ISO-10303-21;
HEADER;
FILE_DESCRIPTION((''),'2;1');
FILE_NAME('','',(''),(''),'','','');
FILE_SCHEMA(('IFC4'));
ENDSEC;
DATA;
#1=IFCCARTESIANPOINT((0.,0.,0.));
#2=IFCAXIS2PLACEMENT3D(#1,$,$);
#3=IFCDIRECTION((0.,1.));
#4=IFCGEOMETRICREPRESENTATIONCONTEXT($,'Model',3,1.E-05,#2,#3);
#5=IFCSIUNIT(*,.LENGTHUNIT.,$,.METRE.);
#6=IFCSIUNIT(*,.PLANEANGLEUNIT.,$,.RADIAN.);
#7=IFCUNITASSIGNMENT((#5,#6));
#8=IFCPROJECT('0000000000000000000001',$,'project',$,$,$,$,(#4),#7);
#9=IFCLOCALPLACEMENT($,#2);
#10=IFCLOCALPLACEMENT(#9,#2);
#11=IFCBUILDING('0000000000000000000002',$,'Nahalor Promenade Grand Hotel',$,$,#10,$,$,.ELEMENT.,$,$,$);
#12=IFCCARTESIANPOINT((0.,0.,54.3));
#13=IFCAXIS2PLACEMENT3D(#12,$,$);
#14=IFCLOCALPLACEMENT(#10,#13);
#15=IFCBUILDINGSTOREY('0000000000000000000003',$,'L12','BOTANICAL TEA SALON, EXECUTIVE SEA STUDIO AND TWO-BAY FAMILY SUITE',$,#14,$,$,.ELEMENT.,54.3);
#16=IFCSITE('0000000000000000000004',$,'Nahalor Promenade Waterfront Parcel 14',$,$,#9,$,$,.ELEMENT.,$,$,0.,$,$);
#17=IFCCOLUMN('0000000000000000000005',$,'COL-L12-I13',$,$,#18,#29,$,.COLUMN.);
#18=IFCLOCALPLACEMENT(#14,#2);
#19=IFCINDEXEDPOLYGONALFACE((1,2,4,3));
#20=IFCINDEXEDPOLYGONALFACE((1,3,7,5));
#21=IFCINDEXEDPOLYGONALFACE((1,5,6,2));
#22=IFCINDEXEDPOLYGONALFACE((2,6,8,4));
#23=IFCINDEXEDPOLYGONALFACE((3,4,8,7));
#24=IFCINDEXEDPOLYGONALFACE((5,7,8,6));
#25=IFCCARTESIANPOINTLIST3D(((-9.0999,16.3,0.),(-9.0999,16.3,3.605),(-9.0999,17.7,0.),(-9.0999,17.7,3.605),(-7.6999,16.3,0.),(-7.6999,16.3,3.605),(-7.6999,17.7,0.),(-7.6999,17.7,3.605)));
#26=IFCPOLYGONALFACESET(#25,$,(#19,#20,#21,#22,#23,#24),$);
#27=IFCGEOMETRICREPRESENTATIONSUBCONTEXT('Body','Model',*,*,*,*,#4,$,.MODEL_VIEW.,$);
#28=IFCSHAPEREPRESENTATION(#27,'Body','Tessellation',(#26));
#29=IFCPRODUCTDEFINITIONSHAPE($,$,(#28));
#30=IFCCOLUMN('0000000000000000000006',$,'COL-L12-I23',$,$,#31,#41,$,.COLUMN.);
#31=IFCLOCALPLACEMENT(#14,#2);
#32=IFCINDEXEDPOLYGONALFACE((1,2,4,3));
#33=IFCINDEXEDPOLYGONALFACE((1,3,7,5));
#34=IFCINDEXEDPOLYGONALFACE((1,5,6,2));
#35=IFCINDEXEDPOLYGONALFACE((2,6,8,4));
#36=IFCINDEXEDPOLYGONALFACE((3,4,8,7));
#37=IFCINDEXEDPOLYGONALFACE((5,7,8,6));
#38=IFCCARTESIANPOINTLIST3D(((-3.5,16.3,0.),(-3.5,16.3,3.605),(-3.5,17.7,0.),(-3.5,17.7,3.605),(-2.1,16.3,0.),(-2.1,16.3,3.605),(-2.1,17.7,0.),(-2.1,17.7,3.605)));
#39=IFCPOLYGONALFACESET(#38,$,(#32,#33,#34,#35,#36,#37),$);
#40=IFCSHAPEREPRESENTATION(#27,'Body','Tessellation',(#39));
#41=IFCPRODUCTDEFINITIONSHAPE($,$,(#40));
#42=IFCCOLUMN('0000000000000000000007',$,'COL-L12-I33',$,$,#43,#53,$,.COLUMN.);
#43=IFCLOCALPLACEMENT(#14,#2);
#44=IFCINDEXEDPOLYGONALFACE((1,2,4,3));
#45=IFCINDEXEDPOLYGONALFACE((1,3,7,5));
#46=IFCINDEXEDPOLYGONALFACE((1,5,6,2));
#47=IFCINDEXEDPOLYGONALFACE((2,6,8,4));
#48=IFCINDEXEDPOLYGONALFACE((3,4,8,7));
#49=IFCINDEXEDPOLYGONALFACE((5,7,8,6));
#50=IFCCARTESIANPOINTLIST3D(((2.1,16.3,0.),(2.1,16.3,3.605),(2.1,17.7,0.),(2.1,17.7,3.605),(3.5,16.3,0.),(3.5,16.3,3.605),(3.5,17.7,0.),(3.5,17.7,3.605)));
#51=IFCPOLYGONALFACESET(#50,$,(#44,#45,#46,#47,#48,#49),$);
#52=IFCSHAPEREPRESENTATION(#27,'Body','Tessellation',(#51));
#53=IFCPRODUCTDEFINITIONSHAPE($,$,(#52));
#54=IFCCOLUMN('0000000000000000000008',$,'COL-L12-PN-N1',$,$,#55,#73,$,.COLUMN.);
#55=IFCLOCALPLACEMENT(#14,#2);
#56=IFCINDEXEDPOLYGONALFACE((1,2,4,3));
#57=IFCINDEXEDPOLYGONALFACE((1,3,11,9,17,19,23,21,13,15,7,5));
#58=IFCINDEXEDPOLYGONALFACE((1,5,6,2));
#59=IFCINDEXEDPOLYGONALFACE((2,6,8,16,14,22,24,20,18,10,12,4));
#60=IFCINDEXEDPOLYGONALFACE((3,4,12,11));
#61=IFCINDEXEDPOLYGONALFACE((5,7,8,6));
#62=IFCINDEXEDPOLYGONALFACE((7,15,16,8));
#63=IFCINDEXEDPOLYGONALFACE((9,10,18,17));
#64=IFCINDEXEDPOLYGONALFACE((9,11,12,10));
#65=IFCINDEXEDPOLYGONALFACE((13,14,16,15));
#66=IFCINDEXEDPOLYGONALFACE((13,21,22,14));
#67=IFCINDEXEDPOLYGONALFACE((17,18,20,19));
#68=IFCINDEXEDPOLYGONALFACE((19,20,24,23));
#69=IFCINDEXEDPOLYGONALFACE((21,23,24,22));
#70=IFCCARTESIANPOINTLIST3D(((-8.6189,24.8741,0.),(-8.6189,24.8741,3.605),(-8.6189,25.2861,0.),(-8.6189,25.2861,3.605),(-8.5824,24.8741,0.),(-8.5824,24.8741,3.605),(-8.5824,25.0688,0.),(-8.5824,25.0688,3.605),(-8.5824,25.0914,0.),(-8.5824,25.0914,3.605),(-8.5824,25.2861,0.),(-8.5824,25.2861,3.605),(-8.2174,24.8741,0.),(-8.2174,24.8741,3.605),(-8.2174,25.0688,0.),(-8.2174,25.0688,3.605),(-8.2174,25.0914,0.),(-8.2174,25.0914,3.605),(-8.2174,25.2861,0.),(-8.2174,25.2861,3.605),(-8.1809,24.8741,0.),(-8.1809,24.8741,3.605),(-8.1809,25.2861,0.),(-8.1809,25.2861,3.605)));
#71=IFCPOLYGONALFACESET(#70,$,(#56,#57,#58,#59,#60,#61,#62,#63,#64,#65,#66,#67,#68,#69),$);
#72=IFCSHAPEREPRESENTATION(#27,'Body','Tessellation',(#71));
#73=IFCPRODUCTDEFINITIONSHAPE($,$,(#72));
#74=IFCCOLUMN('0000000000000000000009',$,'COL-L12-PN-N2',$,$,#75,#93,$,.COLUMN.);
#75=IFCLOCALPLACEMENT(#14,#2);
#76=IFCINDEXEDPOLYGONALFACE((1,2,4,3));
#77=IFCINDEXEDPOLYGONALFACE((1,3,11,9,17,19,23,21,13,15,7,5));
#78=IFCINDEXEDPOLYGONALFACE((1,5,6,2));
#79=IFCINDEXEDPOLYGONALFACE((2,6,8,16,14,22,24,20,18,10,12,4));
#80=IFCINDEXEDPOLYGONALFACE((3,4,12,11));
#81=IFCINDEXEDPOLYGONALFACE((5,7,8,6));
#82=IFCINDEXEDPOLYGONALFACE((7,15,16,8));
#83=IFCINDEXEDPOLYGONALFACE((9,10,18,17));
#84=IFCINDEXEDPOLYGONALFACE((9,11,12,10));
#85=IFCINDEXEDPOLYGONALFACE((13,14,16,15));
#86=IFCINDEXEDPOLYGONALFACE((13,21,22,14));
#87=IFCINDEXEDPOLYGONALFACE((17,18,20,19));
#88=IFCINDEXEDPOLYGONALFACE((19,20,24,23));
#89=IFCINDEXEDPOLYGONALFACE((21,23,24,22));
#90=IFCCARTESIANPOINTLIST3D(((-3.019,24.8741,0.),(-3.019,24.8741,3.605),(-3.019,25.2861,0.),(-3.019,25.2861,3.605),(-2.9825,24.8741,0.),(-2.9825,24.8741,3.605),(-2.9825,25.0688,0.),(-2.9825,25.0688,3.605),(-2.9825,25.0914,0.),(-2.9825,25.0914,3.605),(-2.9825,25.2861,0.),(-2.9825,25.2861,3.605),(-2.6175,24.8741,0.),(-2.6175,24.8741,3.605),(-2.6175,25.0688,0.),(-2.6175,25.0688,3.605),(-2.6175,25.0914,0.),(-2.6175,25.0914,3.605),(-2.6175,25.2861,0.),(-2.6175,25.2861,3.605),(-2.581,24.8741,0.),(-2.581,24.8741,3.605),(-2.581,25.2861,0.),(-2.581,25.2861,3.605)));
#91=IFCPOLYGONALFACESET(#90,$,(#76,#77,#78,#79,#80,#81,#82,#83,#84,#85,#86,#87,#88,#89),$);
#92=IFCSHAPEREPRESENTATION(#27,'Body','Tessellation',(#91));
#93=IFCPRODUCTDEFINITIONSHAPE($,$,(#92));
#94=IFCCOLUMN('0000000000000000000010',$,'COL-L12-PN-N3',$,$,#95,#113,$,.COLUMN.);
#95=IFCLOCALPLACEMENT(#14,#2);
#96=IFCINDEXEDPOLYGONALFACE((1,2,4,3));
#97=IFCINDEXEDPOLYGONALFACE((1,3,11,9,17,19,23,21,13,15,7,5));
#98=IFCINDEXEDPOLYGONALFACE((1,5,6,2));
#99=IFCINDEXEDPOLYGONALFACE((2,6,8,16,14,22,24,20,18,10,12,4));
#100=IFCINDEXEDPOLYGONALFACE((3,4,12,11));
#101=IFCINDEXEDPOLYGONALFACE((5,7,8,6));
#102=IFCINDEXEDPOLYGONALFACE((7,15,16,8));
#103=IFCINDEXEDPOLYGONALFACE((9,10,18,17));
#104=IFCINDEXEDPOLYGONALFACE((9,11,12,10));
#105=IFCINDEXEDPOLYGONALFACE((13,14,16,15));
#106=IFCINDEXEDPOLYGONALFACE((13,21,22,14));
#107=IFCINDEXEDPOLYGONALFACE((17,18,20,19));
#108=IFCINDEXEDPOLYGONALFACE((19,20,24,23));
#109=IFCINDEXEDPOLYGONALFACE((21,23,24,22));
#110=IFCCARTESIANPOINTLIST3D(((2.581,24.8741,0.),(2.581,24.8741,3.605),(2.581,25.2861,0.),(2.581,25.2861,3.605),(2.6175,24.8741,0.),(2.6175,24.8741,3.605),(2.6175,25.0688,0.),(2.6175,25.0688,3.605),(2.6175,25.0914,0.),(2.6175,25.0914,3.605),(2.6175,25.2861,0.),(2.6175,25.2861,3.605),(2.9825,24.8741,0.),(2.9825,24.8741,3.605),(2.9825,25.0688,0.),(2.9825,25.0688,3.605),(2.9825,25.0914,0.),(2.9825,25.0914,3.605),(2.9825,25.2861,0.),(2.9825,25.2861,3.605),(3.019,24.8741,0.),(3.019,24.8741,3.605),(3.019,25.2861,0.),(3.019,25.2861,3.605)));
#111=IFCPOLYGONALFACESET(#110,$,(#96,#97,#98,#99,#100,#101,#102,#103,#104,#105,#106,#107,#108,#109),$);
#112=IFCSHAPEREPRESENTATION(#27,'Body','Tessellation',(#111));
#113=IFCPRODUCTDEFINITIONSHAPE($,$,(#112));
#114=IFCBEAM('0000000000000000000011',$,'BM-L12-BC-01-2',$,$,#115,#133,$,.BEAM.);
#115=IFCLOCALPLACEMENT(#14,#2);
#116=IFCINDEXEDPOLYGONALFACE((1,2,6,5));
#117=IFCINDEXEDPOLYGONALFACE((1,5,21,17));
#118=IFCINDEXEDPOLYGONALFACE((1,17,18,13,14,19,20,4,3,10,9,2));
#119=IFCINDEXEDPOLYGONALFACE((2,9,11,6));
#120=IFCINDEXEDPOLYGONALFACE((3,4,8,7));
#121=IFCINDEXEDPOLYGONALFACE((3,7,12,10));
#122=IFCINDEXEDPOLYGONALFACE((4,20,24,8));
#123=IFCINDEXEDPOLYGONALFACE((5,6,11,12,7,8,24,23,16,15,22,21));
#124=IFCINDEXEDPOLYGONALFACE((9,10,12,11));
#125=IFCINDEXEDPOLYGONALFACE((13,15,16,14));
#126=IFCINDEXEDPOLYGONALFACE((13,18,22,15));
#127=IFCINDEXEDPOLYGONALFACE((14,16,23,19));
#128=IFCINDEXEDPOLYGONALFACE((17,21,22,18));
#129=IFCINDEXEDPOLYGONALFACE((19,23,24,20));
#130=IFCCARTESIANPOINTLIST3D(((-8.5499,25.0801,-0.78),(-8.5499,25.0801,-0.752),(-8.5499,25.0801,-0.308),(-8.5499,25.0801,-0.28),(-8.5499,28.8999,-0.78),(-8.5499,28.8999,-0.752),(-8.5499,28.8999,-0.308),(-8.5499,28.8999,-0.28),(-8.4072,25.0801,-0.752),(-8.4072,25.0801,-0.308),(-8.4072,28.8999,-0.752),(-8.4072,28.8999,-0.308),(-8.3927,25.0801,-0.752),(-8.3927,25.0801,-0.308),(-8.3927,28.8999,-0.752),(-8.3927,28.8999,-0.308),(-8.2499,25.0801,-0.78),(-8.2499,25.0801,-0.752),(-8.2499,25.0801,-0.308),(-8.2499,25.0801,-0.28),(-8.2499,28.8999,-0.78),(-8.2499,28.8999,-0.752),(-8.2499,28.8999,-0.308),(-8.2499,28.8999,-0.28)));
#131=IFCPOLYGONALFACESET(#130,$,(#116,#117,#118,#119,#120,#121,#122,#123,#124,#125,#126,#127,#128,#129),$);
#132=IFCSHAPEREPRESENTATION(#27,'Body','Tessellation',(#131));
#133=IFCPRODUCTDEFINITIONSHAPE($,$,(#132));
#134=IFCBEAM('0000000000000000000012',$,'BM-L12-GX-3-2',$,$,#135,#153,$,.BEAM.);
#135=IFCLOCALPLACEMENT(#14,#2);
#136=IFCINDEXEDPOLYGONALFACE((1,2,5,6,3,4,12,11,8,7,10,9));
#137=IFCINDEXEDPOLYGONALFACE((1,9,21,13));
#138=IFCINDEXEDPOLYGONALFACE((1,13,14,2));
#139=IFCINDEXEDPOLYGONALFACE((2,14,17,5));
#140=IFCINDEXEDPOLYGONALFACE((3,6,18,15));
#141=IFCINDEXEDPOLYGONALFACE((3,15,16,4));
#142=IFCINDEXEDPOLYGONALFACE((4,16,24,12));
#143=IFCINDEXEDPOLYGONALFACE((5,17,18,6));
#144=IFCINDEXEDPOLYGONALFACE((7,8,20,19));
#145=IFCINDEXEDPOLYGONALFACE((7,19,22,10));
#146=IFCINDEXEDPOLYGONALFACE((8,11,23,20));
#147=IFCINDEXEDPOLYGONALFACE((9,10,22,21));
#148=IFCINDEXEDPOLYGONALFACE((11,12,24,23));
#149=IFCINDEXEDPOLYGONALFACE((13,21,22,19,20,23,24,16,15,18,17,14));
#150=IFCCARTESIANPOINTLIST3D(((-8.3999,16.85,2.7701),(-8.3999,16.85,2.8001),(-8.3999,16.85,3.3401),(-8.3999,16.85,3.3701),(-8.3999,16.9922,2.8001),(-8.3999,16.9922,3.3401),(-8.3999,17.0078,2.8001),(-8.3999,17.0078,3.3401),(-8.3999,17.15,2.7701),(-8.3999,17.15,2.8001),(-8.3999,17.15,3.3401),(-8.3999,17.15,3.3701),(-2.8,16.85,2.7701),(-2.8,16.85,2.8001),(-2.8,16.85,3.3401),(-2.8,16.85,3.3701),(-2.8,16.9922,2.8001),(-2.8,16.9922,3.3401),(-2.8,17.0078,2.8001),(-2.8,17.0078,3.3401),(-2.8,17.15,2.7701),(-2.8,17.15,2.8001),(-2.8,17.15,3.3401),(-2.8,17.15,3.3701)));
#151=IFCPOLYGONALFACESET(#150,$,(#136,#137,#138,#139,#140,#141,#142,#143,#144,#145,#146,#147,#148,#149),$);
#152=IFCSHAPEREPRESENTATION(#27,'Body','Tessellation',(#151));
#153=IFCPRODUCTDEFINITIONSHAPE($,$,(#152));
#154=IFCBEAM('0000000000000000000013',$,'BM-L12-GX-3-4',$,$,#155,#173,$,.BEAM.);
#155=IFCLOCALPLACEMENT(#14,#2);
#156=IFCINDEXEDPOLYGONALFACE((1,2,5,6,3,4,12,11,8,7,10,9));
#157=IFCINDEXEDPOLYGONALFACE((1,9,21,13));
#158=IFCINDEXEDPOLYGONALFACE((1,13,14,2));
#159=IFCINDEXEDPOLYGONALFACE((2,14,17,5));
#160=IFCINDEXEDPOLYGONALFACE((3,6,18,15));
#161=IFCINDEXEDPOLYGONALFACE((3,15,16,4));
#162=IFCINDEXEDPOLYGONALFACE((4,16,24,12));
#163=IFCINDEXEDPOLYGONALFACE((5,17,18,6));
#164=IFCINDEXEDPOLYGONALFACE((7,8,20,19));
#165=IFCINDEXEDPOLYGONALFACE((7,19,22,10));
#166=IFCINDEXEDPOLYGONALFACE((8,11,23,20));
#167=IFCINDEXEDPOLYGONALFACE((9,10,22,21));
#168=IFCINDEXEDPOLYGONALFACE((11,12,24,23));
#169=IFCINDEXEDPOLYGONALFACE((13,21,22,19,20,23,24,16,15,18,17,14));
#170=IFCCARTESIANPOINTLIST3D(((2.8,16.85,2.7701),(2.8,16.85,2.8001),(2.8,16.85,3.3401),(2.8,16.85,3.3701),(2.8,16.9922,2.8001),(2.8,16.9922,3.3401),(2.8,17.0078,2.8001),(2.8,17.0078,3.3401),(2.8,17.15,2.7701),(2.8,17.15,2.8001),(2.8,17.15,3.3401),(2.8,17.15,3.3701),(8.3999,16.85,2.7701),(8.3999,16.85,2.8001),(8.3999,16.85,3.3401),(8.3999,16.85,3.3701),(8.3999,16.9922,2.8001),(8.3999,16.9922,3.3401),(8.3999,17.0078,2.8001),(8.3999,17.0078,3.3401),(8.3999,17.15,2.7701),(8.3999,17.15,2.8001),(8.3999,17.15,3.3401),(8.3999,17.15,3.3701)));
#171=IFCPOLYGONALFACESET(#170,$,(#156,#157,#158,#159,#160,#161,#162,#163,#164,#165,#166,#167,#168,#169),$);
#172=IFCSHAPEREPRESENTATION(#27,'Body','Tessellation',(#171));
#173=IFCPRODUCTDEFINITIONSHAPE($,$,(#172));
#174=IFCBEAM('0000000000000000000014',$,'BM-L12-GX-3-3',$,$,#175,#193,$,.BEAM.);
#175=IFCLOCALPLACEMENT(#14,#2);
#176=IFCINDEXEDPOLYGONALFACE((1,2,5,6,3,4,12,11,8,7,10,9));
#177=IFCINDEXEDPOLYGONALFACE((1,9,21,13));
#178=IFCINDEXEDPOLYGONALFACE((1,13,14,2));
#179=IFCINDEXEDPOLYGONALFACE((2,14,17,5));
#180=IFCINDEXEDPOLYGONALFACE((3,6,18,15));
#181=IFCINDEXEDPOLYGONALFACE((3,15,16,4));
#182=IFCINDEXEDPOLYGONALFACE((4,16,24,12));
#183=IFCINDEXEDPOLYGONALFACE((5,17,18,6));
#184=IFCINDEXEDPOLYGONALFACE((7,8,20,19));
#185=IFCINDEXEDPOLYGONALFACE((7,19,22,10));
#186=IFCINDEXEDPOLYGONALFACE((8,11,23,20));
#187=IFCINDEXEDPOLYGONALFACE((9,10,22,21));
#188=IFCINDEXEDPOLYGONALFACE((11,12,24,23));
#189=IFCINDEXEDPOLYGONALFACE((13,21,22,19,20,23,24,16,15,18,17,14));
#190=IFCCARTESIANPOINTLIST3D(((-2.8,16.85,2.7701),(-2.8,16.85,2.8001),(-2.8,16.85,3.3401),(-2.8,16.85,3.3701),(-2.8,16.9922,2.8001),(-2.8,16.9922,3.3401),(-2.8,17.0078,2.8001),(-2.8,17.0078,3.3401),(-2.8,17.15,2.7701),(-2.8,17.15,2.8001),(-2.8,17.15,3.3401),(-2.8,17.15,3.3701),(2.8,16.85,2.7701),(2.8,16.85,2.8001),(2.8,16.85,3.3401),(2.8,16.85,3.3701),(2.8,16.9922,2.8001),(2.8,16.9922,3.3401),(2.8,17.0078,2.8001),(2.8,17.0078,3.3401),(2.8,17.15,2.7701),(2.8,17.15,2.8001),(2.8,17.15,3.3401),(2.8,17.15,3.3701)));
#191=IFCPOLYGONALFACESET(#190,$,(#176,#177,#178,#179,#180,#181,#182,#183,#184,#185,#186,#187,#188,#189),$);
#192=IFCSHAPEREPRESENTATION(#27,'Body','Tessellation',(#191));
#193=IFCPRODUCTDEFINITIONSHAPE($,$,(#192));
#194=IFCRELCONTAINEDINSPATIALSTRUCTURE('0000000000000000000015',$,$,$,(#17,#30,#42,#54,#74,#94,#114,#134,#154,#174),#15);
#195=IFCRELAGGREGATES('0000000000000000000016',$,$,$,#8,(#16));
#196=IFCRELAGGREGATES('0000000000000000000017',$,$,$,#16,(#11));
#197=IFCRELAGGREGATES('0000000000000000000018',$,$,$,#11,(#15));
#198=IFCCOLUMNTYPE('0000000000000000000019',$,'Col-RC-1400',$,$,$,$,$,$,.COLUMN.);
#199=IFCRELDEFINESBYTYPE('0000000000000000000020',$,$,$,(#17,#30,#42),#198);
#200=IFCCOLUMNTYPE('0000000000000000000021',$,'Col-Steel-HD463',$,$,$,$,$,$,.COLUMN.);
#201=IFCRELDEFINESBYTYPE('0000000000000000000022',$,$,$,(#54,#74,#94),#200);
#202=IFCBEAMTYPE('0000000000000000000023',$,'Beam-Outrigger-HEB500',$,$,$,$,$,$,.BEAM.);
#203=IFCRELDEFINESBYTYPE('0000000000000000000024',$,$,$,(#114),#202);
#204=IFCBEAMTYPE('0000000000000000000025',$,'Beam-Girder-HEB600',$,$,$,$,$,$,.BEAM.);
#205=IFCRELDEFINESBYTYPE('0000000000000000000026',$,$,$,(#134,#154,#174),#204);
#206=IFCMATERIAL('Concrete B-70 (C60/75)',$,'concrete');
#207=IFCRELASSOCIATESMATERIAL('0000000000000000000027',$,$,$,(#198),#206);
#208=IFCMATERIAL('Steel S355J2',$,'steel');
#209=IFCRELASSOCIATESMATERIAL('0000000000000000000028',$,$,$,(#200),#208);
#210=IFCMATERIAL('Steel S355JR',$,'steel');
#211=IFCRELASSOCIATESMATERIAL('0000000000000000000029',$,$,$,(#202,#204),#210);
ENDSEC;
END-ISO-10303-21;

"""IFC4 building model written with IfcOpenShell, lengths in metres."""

from ifc_helpers import new_model, si_unit, direction, frame, origin, origin_2d, place, context, subcontext, project, spatial, rectangle, i_section, extrude, source, transform, mapped, material, material_profile, profile_set, type_object, element, save


model = new_model("IFC4")

# Units and contexts
model_context = context("Model", 3, precision=1e-05, world=origin(), true_north=direction((0.0, 1.0)))
body_context = subcontext(model_context, "Body", "Model", "MODEL_VIEW")
ifc_project = project(units=[si_unit("LENGTHUNIT", "METRE"), si_unit("PLANEANGLEUNIT", "RADIAN")], contexts=[model_context])

# Site, building, storey
site_placement = place(None, origin())
site = spatial("IfcSite", under=ifc_project, at=site_placement, Name="Nahalor Promenade Waterfront Parcel 14", CompositionType="ELEMENT", RefElevation=0.0)
building_placement = place(site_placement, origin())
building = spatial("IfcBuilding", under=site, at=building_placement, Name="Nahalor Promenade Grand Hotel", CompositionType="ELEMENT")
storey_placement = place(building_placement, frame((0.0, 0.0, 54.3)))
storey = spatial("IfcBuildingStorey", under=building, at=storey_placement, Name="L12", Description="BOTANICAL TEA SALON, EXECUTIVE SEA STUDIO AND TWO-BAY FAMILY SUITE", CompositionType="ELEMENT", Elevation=54.3)

# Columns
ifc_material_1 = material(Name="Concrete B-70 (C60/75)", Category="concrete")
ifc_material_profile_1 = material_profile(ifc_material_1, rectangle(XDim=1.4, YDim=1.4, at=origin_2d()), Name="RC 1400x1400")
ifc_profile_set_1 = profile_set([ifc_material_profile_1], Name="Concrete B-70 (C60/75)")
column_type_1 = type_object("IfcColumnType", Name="Col-RC-1400", PredefinedType="COLUMN", material=ifc_profile_set_1)
shared_shape_1 = source(origin(), body_context, "Body", "SweptSolid", [
    extrude(rectangle(XDim=1.4, YDim=1.4, at=origin_2d()), origin(), (0.0, 0.0, 1.0), 3.605),
])
for number, where, z_axis, x_axis, name in (
    (1, (-8.3999, 17.0, 0.0), (0.0, 0.0, 1.0), (1.0, 0.0, 0.0), "COL-L12-I13"),
    (2, (-2.8, 17.0, 0.0), (0.0, 0.0, 1.0), (1.0, 0.0, 0.0), "COL-L12-I23"),
    (3, (2.8, 17.0, 0.0), (0.0, 0.0, 1.0), (1.0, 0.0, 0.0), "COL-L12-I33"),
):
    element("IfcColumn", number, at=place(storey_placement, frame(where, z_axis=z_axis, x_axis=x_axis)), inside=storey, type_object=column_type_1, Name=name, PredefinedType="COLUMN", context=body_context, shape_type="MappedRepresentation", body=[
        mapped(shared_shape_1, transform((0.0, 0.0, 0.0), scale=1.0)),
    ])
ifc_material_2 = material(Name="Steel S355J2", Category="steel")
ifc_material_profile_2 = material_profile(ifc_material_2, i_section(OverallWidth=0.412, OverallDepth=0.438, WebThickness=0.0226, FlangeThickness=0.0365, at=origin_2d()), Name="HD 400x463")
ifc_profile_set_2 = profile_set([ifc_material_profile_2], Name="Steel S355J2")
column_type_2 = type_object("IfcColumnType", Name="Col-Steel-HD463", PredefinedType="COLUMN", material=ifc_profile_set_2)
shared_shape_2 = source(origin(), body_context, "Body", "SweptSolid", [
    extrude(i_section(OverallWidth=0.412, OverallDepth=0.438, WebThickness=0.0226, FlangeThickness=0.0365, at=origin_2d()), origin(), (0.0, 0.0, 1.0), 3.605),
])
for number, where, z_axis, x_axis, name in (
    (4, (-8.3999, 25.0801, 0.0), (0.0, 0.0, 1.0), (0.0, 1.0, 0.0), "COL-L12-PN-N1"),
    (5, (-2.8, 25.0801, 0.0), (0.0, 0.0, 1.0), (0.0, 1.0, 0.0), "COL-L12-PN-N2"),
    (6, (2.8, 25.0801, 0.0), (0.0, 0.0, 1.0), (0.0, 1.0, 0.0), "COL-L12-PN-N3"),
):
    element("IfcColumn", number, at=place(storey_placement, frame(where, z_axis=z_axis, x_axis=x_axis)), inside=storey, type_object=column_type_2, Name=name, PredefinedType="COLUMN", context=body_context, shape_type="MappedRepresentation", body=[
        mapped(shared_shape_2, transform((0.0, 0.0, 0.0), scale=1.0)),
    ])

# Beams
ifc_material_3 = material(Name="Steel S355JR", Category="steel")
ifc_material_profile_3 = material_profile(ifc_material_3, i_section(OverallWidth=0.3, OverallDepth=0.5, WebThickness=0.0145, FlangeThickness=0.028, at=origin_2d()), Name="HEB 500")
ifc_profile_set_3 = profile_set([ifc_material_profile_3], Name="Steel S355JR")
beam_type_1 = type_object("IfcBeamType", Name="Beam-Outrigger-HEB500", PredefinedType="BEAM", material=ifc_profile_set_3)
shared_shape_3 = source(origin(), body_context, "Body", "SweptSolid", [
    extrude(i_section(OverallWidth=0.3, OverallDepth=0.5, WebThickness=0.0145, FlangeThickness=0.028, at=origin_2d()), origin(), (0.0, 0.0, 1.0), 3.8198),
])
beam_1_placement = place(storey_placement, frame((-8.3999, 25.0801, -0.53), z_axis=(0.0, 1.0, 0.0), x_axis=(-1.0, 0.0, 0.0)))
element("IfcBeam", 7, at=beam_1_placement, inside=storey, type_object=beam_type_1, Name="BM-L12-BC-01-2", PredefinedType="BEAM", context=body_context, shape_type="MappedRepresentation", body=[
    mapped(shared_shape_3, transform((0.0, 0.0, 0.0), scale=1.0)),
])
ifc_material_profile_4 = material_profile(ifc_material_3, i_section(OverallWidth=0.3, OverallDepth=0.6, WebThickness=0.0155, FlangeThickness=0.03, at=origin_2d()), Name="HEB 600")
ifc_profile_set_4 = profile_set([ifc_material_profile_4], Name="Steel S355JR")
beam_type_2 = type_object("IfcBeamType", Name="Beam-Girder-HEB600", PredefinedType="BEAM", material=ifc_profile_set_4)
shared_shape_4 = source(origin(), body_context, "Body", "SweptSolid", [
    extrude(i_section(OverallWidth=0.3, OverallDepth=0.6, WebThickness=0.0155, FlangeThickness=0.03, at=origin_2d()), origin(), (0.0, 0.0, 1.0), 5.5999),
])
for number, where, z_axis, x_axis, name in (
    (8, (-8.3999, 17.0, 3.0701), (1.0, 0.0, 0.0), (0.0, 1.0, 0.0), "BM-L12-GX-3-2"),
    (9, (2.8, 17.0, 3.0701), (1.0, 0.0, 0.0), (0.0, 1.0, 0.0), "BM-L12-GX-3-4"),
):
    element("IfcBeam", number, at=place(storey_placement, frame(where, z_axis=z_axis, x_axis=x_axis)), inside=storey, type_object=beam_type_2, Name=name, PredefinedType="BEAM", context=body_context, shape_type="MappedRepresentation", body=[
        mapped(shared_shape_4, transform((0.0, 0.0, 0.0), scale=1.0)),
    ])
shared_shape_5 = source(origin(), body_context, "Body", "SweptSolid", [
    extrude(i_section(OverallWidth=0.3, OverallDepth=0.6, WebThickness=0.0155, FlangeThickness=0.03, at=origin_2d()), origin(), (0.0, 0.0, 1.0), 5.6001),
])
beam_2_placement = place(storey_placement, frame((-2.8, 17.0, 3.0701), z_axis=(1.0, 0.0, 0.0), x_axis=(0.0, 1.0, 0.0)))
element("IfcBeam", 10, at=beam_2_placement, inside=storey, type_object=beam_type_2, Name="BM-L12-GX-3-3", PredefinedType="BEAM", context=body_context, shape_type="MappedRepresentation", body=[
    mapped(shared_shape_5, transform((0.0, 0.0, 0.0), scale=1.0)),
])

save(model, "model.ifc")
